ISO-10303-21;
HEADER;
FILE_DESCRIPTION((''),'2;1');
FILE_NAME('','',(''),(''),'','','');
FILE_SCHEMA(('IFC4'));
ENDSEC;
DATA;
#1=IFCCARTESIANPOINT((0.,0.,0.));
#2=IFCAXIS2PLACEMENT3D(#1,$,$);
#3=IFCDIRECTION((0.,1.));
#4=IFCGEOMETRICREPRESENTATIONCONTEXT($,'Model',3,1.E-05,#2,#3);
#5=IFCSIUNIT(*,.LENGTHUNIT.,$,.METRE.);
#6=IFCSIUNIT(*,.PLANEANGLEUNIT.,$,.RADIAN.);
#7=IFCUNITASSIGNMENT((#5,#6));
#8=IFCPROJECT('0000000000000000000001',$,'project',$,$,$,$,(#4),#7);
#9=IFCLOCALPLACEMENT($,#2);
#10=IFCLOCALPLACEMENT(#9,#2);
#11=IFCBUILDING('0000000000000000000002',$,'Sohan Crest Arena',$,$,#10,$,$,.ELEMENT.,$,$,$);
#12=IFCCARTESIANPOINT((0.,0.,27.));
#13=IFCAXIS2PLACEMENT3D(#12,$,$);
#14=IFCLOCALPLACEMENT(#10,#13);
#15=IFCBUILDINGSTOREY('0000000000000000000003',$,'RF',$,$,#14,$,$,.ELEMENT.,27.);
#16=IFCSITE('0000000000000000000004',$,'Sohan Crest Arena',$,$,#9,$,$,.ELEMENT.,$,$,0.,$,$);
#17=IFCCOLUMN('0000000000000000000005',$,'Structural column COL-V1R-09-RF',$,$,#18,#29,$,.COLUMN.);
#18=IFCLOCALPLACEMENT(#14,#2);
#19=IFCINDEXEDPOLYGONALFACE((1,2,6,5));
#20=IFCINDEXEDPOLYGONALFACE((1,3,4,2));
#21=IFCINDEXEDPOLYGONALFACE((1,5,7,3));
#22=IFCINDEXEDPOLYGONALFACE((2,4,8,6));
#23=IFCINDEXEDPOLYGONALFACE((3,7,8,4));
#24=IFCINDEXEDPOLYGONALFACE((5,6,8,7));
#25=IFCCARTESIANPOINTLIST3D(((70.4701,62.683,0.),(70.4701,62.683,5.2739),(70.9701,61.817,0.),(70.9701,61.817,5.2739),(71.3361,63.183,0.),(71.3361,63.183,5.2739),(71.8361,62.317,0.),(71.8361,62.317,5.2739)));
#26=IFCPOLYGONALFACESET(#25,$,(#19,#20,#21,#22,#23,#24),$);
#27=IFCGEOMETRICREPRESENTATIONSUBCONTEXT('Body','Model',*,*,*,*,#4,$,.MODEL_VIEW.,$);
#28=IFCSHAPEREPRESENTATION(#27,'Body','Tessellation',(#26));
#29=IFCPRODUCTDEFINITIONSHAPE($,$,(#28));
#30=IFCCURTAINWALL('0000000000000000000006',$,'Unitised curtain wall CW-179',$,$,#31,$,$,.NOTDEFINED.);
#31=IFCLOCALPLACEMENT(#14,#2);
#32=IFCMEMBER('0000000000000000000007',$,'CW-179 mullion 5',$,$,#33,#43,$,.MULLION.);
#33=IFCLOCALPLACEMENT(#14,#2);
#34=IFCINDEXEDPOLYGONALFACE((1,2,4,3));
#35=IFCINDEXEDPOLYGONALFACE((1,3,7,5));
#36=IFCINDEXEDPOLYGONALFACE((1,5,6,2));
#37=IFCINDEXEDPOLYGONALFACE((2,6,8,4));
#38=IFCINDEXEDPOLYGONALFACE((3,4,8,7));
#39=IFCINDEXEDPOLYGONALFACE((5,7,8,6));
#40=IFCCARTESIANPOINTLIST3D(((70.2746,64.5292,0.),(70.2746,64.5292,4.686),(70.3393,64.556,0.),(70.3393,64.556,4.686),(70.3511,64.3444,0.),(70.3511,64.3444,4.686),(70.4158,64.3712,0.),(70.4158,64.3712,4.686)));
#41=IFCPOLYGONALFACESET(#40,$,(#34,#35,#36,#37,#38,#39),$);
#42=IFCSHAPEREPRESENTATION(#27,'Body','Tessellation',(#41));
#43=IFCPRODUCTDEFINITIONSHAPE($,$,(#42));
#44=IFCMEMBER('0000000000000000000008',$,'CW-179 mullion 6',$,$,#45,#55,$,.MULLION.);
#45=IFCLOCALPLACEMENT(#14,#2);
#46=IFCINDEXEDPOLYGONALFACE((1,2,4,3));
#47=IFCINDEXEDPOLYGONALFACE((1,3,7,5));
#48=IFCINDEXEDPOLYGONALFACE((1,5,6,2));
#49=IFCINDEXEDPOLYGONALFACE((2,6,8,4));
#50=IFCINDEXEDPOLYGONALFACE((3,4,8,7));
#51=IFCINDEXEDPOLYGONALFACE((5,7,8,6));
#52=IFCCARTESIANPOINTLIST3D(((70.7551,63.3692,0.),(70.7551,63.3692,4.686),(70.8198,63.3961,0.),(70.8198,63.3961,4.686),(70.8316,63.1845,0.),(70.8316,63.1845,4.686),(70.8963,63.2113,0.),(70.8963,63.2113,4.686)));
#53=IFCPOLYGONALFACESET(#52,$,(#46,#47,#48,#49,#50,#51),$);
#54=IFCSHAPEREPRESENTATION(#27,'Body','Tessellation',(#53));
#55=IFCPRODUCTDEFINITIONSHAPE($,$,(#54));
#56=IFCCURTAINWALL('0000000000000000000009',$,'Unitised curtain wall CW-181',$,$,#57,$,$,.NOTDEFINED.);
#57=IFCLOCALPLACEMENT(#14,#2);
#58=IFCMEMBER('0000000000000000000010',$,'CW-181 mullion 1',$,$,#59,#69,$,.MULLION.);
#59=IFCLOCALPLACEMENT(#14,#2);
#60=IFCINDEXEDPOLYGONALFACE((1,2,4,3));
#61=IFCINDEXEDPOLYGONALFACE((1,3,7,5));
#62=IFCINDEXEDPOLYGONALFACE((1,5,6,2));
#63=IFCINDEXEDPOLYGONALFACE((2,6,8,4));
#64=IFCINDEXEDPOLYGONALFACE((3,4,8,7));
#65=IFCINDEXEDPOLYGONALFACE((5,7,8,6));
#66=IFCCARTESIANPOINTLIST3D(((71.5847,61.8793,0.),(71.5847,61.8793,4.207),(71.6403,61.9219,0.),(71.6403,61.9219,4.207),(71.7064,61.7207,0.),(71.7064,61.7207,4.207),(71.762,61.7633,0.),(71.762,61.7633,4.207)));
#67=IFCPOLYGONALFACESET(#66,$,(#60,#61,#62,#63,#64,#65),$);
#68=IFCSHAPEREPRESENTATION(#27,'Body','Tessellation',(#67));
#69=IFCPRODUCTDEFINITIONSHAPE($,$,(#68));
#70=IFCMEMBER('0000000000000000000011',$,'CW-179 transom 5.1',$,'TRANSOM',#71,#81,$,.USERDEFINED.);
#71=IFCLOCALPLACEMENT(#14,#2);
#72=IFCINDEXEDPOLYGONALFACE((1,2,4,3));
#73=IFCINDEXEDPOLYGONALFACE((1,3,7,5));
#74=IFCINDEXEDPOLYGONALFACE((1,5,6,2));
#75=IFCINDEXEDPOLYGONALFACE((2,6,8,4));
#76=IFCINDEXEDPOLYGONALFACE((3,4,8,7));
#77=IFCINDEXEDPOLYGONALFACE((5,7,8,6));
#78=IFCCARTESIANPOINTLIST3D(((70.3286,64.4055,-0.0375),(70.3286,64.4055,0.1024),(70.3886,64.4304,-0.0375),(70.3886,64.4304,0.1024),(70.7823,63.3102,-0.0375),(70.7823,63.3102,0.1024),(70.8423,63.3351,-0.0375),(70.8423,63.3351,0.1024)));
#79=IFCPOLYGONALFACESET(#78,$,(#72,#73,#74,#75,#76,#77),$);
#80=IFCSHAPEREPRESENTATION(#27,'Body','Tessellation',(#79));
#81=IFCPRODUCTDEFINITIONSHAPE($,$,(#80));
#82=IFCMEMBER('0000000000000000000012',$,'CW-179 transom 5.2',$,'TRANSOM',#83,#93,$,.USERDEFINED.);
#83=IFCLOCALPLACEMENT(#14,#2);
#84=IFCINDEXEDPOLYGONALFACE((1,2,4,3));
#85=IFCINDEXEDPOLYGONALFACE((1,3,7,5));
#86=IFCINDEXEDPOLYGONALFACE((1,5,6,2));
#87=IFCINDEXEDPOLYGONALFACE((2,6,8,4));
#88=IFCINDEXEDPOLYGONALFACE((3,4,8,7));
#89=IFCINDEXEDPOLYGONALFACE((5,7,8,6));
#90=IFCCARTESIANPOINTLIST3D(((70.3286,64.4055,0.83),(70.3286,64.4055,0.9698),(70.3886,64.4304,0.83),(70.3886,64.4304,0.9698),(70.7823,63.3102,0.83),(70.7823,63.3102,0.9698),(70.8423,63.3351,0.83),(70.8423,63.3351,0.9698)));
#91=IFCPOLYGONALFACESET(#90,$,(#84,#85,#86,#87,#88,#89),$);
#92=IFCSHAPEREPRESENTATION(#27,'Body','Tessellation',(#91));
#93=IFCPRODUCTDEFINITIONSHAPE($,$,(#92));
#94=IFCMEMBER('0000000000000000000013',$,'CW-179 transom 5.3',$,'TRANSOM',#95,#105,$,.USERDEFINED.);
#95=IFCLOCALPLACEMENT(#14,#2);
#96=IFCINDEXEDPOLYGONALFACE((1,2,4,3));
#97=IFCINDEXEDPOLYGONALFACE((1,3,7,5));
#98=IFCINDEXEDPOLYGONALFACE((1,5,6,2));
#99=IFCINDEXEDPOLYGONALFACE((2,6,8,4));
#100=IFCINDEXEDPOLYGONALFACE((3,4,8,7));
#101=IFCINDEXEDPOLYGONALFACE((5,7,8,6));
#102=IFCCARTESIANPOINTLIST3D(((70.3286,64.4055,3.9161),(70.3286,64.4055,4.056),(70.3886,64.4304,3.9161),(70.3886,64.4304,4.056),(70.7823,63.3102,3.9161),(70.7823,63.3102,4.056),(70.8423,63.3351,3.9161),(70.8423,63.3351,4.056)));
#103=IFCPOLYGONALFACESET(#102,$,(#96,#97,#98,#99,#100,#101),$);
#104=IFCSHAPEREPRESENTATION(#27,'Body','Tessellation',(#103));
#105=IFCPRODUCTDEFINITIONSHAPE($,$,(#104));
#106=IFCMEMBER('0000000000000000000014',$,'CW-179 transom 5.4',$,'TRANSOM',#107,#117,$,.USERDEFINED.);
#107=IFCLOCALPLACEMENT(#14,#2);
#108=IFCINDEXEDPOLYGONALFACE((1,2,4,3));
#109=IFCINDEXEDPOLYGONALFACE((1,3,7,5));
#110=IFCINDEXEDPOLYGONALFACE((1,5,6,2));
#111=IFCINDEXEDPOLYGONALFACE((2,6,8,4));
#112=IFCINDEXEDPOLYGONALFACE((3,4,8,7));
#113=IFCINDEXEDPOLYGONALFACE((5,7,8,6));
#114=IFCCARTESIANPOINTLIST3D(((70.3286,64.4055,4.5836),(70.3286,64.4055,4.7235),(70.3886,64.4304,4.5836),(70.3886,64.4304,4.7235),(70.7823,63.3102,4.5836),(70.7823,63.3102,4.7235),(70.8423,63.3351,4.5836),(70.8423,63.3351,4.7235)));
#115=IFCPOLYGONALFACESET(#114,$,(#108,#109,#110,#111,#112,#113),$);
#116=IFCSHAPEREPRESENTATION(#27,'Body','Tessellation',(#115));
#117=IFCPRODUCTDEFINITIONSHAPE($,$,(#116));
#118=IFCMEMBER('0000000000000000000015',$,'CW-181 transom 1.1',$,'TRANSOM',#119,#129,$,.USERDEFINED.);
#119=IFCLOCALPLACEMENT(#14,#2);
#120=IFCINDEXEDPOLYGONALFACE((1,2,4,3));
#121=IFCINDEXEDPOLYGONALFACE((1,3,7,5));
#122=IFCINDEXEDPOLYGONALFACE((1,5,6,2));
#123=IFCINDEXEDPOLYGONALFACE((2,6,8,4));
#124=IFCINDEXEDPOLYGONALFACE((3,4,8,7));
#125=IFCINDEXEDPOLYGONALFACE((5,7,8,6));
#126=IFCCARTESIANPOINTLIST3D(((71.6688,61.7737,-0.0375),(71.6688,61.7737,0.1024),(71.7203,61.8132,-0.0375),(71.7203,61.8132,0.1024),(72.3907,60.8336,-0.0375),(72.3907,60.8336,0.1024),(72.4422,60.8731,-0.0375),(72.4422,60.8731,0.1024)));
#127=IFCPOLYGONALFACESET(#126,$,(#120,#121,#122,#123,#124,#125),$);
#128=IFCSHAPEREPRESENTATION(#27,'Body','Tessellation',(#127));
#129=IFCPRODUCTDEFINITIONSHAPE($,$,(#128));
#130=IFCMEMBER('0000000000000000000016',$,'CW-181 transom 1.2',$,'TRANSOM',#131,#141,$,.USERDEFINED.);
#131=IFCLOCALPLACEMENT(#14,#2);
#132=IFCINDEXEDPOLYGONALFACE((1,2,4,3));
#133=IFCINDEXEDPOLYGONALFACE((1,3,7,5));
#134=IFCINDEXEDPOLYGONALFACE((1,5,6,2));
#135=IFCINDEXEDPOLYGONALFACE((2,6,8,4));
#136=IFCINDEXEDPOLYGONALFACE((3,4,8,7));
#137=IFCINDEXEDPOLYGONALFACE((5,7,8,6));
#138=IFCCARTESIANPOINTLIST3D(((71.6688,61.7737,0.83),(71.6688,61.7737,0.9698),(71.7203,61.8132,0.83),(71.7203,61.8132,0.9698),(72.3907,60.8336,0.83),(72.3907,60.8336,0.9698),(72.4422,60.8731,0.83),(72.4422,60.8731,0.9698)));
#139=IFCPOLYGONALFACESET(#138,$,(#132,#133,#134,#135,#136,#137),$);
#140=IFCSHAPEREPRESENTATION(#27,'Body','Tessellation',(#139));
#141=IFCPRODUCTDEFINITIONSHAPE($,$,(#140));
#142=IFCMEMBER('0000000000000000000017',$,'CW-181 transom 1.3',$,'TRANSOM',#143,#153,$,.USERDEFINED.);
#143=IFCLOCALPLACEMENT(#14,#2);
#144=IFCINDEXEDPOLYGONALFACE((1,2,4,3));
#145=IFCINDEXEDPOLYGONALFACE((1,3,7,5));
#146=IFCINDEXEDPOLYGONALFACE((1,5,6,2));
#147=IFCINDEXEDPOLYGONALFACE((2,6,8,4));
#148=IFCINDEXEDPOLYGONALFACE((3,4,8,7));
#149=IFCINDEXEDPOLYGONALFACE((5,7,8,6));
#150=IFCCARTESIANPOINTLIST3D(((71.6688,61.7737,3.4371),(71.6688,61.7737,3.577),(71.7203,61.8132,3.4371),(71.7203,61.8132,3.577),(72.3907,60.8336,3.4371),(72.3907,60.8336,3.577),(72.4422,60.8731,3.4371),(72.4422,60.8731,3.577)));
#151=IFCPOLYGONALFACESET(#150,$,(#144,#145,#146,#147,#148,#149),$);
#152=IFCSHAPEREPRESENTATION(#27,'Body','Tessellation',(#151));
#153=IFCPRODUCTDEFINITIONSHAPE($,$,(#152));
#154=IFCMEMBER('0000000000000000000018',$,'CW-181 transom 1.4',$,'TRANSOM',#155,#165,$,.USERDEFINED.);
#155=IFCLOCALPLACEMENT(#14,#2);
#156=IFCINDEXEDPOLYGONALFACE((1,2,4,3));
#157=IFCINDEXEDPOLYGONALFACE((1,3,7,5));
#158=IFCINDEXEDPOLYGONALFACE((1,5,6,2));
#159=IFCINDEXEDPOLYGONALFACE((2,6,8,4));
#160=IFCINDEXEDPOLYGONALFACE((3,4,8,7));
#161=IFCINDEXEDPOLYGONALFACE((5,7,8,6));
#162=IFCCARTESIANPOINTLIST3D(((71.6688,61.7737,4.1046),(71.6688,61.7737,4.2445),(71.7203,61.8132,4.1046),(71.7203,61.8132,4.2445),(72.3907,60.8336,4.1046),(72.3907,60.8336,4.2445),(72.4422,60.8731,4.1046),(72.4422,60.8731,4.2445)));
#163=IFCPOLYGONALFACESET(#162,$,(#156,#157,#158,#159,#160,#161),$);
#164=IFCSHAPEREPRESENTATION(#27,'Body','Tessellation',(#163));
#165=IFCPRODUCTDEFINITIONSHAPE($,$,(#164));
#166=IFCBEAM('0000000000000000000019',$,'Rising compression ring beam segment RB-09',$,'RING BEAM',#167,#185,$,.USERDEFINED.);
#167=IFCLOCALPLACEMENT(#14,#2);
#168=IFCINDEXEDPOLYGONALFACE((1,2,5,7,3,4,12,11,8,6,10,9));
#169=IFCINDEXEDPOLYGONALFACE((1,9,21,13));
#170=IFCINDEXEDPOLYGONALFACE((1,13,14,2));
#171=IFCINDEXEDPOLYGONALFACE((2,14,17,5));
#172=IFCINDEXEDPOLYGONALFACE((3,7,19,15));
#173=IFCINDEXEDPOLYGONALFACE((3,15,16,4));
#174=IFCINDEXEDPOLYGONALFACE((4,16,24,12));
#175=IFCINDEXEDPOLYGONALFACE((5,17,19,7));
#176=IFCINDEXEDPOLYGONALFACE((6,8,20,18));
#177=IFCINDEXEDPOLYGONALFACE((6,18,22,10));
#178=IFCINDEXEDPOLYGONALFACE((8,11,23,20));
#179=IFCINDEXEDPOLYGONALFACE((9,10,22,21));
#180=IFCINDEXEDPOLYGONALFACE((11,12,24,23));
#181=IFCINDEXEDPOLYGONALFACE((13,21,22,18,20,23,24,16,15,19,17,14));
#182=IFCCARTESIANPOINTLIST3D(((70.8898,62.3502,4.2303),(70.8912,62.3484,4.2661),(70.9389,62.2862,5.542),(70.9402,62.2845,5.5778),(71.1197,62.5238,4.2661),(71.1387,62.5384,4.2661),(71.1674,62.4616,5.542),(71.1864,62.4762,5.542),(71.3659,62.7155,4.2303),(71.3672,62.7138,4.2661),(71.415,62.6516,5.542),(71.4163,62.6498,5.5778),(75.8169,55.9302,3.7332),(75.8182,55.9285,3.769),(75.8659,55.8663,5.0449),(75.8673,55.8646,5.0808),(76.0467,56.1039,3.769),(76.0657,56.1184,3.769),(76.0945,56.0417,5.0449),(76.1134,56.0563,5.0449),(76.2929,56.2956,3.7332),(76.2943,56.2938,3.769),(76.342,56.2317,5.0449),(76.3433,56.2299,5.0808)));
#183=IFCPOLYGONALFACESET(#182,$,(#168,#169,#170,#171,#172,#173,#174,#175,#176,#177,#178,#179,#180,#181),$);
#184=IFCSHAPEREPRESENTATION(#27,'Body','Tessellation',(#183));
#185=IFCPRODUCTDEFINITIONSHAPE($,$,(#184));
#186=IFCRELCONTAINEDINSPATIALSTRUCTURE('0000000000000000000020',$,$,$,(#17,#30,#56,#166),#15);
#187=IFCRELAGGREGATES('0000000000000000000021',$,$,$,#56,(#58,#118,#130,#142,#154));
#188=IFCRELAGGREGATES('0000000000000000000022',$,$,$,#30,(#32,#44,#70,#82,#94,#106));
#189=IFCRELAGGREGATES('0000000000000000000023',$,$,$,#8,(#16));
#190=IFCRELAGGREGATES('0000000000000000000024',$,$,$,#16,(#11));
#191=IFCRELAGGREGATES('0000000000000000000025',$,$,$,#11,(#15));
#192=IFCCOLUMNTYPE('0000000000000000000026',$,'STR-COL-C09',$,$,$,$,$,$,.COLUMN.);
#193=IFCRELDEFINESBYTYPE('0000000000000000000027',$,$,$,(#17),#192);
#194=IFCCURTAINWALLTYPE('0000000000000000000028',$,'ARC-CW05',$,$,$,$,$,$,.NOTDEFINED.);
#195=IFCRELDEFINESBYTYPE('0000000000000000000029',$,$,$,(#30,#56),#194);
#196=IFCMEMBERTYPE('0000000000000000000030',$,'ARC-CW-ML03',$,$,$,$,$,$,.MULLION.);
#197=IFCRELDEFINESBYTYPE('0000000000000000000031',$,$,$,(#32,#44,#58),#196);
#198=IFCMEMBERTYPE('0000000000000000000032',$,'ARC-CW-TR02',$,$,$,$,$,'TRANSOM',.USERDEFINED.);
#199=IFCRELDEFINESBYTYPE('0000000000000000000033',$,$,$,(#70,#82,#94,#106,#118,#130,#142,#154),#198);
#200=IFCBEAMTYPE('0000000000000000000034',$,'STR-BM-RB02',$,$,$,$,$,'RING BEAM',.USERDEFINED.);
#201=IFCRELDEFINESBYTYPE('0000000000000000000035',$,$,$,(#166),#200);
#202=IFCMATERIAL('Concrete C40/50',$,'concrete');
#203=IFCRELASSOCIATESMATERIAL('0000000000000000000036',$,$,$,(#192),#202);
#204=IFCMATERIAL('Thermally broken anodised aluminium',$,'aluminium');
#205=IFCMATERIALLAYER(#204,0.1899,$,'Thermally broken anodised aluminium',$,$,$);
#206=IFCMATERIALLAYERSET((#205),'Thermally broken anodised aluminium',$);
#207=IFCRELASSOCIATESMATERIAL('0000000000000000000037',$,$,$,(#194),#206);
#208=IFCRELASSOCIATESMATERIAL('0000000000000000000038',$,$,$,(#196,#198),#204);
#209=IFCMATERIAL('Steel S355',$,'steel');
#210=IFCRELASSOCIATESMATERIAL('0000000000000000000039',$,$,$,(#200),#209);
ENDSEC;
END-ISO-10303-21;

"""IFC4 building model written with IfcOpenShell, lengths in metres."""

from ifc_helpers import new_model, si_unit, direction, frame, origin, origin_2d, place, context, subcontext, project, spatial, rectangle, i_section, extrude, material, layer, layer_set, material_profile, profile_set, type_object, element, aggregate, save


model = new_model("IFC4")

# Units and contexts
model_context = context("Model", 3, precision=1e-05, world=origin(), true_north=direction((0.0, 1.0)))
body_context = subcontext(model_context, "Body", "Model", "MODEL_VIEW")
ifc_project = project(units=[si_unit("LENGTHUNIT", "METRE"), si_unit("PLANEANGLEUNIT", "RADIAN")], contexts=[model_context])

# Site, building, storey
site_placement = place(None, origin())
site = spatial("IfcSite", under=ifc_project, at=site_placement, Name="Sohan Crest Arena", CompositionType="ELEMENT", RefElevation=0.0)
building_placement = place(site_placement, origin())
building = spatial("IfcBuilding", under=site, at=building_placement, Name="Sohan Crest Arena", CompositionType="ELEMENT")
storey_placement = place(building_placement, frame((0.0, 0.0, 27.0)))
storey = spatial("IfcBuildingStorey", under=building, at=storey_placement, Name="RF", CompositionType="ELEMENT", Elevation=27.0)

# Column
ifc_material_1 = material(Name="Concrete C40/50", Category="concrete")
ifc_material_profile_1 = material_profile(ifc_material_1, rectangle(XDim=1.0, YDim=1.0, at=origin_2d()), Name="RC 1000x1000")
ifc_profile_set_1 = profile_set([ifc_material_profile_1], Name="Concrete C40/50")
column_type = type_object("IfcColumnType", Name="STR-COL-C09", PredefinedType="COLUMN", material=ifc_profile_set_1)
column_placement = place(storey_placement, frame((71.1531, 62.5, 0.0), z_axis=(0.0, 0.0, 1.0), x_axis=(0.866025, 0.5, 0.0)))
element("IfcColumn", 1, at=column_placement, inside=storey, type_object=column_type, Name="Structural column COL-V1R-09-RF", PredefinedType="COLUMN", context=body_context, shape_type="SweptSolid", body=[
    extrude(rectangle(XDim=1.0, YDim=1.0, at=origin_2d()), origin(), (0.0, 0.0, 1.0), 5.2739),
])

# Curtain wall, members
ifc_material_2 = material(Name="Thermally broken anodised aluminium", Category="aluminium")
ifc_layer_1 = layer(ifc_material_2, 0.1899, Name="Thermally broken anodised aluminium")
ifc_layer_set_1 = layer_set([ifc_layer_1], Name="Thermally broken anodised aluminium")
curtain_wall_type = type_object("IfcCurtainWallType", Name="ARC-CW05", PredefinedType="NOTDEFINED", material=ifc_layer_set_1)
curtain_wall_1_placement = place(storey_placement, origin())
curtain_wall_1 = element("IfcCurtainWall", 2, at=curtain_wall_1_placement, inside=storey, type_object=curtain_wall_type, Name="Unitised curtain wall CW-179", PredefinedType="NOTDEFINED")
ifc_material_profile_2 = material_profile(ifc_material_2, rectangle(XDim=0.0701, YDim=0.2, at=origin_2d()), Name="ALU-MULL 70x200")
ifc_profile_set_2 = profile_set([ifc_material_profile_2], Name="Thermally broken anodised aluminium")
member_type_1 = type_object("IfcMemberType", Name="ARC-CW-ML03", PredefinedType="MULLION", material=ifc_profile_set_2)
member_1_placement = place(storey_placement, frame((70.3452, 64.4502, 0.0), z_axis=(0.0, 0.0, 1.0), x_axis=(0.923886, 0.382667, 0.0)))
member_1 = element("IfcMember", 3, at=member_1_placement, type_object=member_type_1, Name="CW-179 mullion 5", PredefinedType="MULLION", context=body_context, shape_type="SweptSolid", body=[
    extrude(rectangle(XDim=0.0701, YDim=0.2, at=origin_2d()), origin(), (0.0, 0.0, 1.0), 4.686),
])
member_2_placement = place(storey_placement, frame((70.8257, 63.2903, 0.0), z_axis=(0.0, 0.0, 1.0), x_axis=(0.923886, 0.382667, 0.0)))
member_2 = element("IfcMember", 4, at=member_2_placement, type_object=member_type_1, Name="CW-179 mullion 6", PredefinedType="MULLION", context=body_context, shape_type="SweptSolid", body=[
    extrude(rectangle(XDim=0.0701, YDim=0.2, at=origin_2d()), origin(), (0.0, 0.0, 1.0), 4.686),
])

# Curtain wall, member
curtain_wall_2_placement = place(storey_placement, origin())
curtain_wall_2 = element("IfcCurtainWall", 5, at=curtain_wall_2_placement, inside=storey, type_object=curtain_wall_type, Name="Unitised curtain wall CW-181", PredefinedType="NOTDEFINED")
member_3_placement = place(storey_placement, frame((71.6733, 61.8213, 0.0), z_axis=(0.0, 0.0, 1.0), x_axis=(0.793217, 0.608939, 0.0)))
member_3 = element("IfcMember", 6, at=member_3_placement, type_object=member_type_1, Name="CW-181 mullion 1", PredefinedType="MULLION", context=body_context, shape_type="SweptSolid", body=[
    extrude(rectangle(XDim=0.0701, YDim=0.2, at=origin_2d()), origin(), (0.0, 0.0, 1.0), 4.207),
])

# Members
ifc_material_profile_3 = material_profile(ifc_material_2, rectangle(XDim=0.0649, YDim=0.1399, at=origin_2d()), Name="ALU-TRAN 65x140")
ifc_profile_set_3 = profile_set([ifc_material_profile_3], Name="Thermally broken anodised aluminium")
member_type_2 = type_object("IfcMemberType", Name="ARC-CW-TR02", ElementType="TRANSOM", PredefinedType="USERDEFINED", material=ifc_profile_set_3)
member_4_placement = place(storey_placement, frame((70.3586, 64.418, 0.0325), z_axis=(0.382655, -0.923891, 0.0), x_axis=(0.923891, 0.382655, 0.0)))
member_4 = element("IfcMember", 7, at=member_4_placement, type_object=member_type_2, Name="CW-179 transom 5.1", ObjectType="TRANSOM", PredefinedType="USERDEFINED", context=body_context, shape_type="SweptSolid", body=[
    extrude(rectangle(XDim=0.0649, YDim=0.1399, at=origin_2d()), origin(), (0.0, 0.0, 1.0), 1.1855),
])
member_5_placement = place(storey_placement, frame((70.3586, 64.418, 0.8999), z_axis=(0.382655, -0.923891, 0.0), x_axis=(0.923891, 0.382655, 0.0)))
member_5 = element("IfcMember", 8, at=member_5_placement, type_object=member_type_2, Name="CW-179 transom 5.2", ObjectType="TRANSOM", PredefinedType="USERDEFINED", context=body_context, shape_type="SweptSolid", body=[
    extrude(rectangle(XDim=0.0649, YDim=0.1399, at=origin_2d()), origin(), (0.0, 0.0, 1.0), 1.1855),
])
member_6_placement = place(storey_placement, frame((70.3586, 64.418, 3.9861), z_axis=(0.382655, -0.923891, 0.0), x_axis=(0.923891, 0.382655, 0.0)))
member_6 = element("IfcMember", 9, at=member_6_placement, type_object=member_type_2, Name="CW-179 transom 5.3", ObjectType="TRANSOM", PredefinedType="USERDEFINED", context=body_context, shape_type="SweptSolid", body=[
    extrude(rectangle(XDim=0.0649, YDim=0.1399, at=origin_2d()), origin(), (0.0, 0.0, 1.0), 1.1855),
])
member_7_placement = place(storey_placement, frame((70.3586, 64.418, 4.6536), z_axis=(0.382655, -0.923891, 0.0), x_axis=(0.923891, 0.382655, 0.0)))
member_7 = element("IfcMember", 10, at=member_7_placement, type_object=member_type_2, Name="CW-179 transom 5.4", ObjectType="TRANSOM", PredefinedType="USERDEFINED", context=body_context, shape_type="SweptSolid", body=[
    extrude(rectangle(XDim=0.0649, YDim=0.1399, at=origin_2d()), origin(), (0.0, 0.0, 1.0), 1.1855),
])
member_8_placement = place(storey_placement, frame((71.6946, 61.7935, 0.0325), z_axis=(0.609024, -0.793152, 0.0), x_axis=(0.793152, 0.609024, 0.0)))
member_8 = element("IfcMember", 11, at=member_8_placement, type_object=member_type_2, Name="CW-181 transom 1.1", ObjectType="TRANSOM", PredefinedType="USERDEFINED", context=body_context, shape_type="SweptSolid", body=[
    extrude(rectangle(XDim=0.0649, YDim=0.1399, at=origin_2d()), origin(), (0.0, 0.0, 1.0), 1.1853),
])
member_9_placement = place(storey_placement, frame((71.6946, 61.7935, 0.8999), z_axis=(0.609024, -0.793152, 0.0), x_axis=(0.793152, 0.609024, 0.0)))
member_9 = element("IfcMember", 12, at=member_9_placement, type_object=member_type_2, Name="CW-181 transom 1.2", ObjectType="TRANSOM", PredefinedType="USERDEFINED", context=body_context, shape_type="SweptSolid", body=[
    extrude(rectangle(XDim=0.0649, YDim=0.1399, at=origin_2d()), origin(), (0.0, 0.0, 1.0), 1.1853),
])
member_10_placement = place(storey_placement, frame((71.6946, 61.7935, 3.5071), z_axis=(0.609024, -0.793152, 0.0), x_axis=(0.793152, 0.609024, 0.0)))
member_10 = element("IfcMember", 13, at=member_10_placement, type_object=member_type_2, Name="CW-181 transom 1.3", ObjectType="TRANSOM", PredefinedType="USERDEFINED", context=body_context, shape_type="SweptSolid", body=[
    extrude(rectangle(XDim=0.0649, YDim=0.1399, at=origin_2d()), origin(), (0.0, 0.0, 1.0), 1.1853),
])
member_11_placement = place(storey_placement, frame((71.6946, 61.7935, 4.1746), z_axis=(0.609024, -0.793152, 0.0), x_axis=(0.793152, 0.609024, 0.0)))
member_11 = element("IfcMember", 14, at=member_11_placement, type_object=member_type_2, Name="CW-181 transom 1.4", ObjectType="TRANSOM", PredefinedType="USERDEFINED", context=body_context, shape_type="SweptSolid", body=[
    extrude(rectangle(XDim=0.0649, YDim=0.1399, at=origin_2d()), origin(), (0.0, 0.0, 1.0), 1.1853),
])
aggregate(curtain_wall_2, [member_3, member_8, member_9, member_10, member_11])

# Beam
ifc_material_3 = material(Name="Steel S355", Category="steel")
ifc_material_profile_4 = material_profile(ifc_material_3, i_section(OverallWidth=0.6001, OverallDepth=1.3501, WebThickness=0.0239, FlangeThickness=0.0359, at=origin_2d()), Name="PG 1350x600x24x36")
ifc_profile_set_4 = profile_set([ifc_material_profile_4], Name="Steel S355")
beam_type_1 = type_object("IfcBeamType", Name="STR-BM-RB02", ElementType="RING BEAM", PredefinedType="USERDEFINED", material=ifc_profile_set_4)
beam_1_placement = place(storey_placement, frame((71.1531, 62.5, 4.9041), z_axis=(0.60768, -0.791812, -0.061307), x_axis=(0.793304, 0.608825, 0.0)))
element("IfcBeam", 15, at=beam_1_placement, inside=storey, type_object=beam_type_1, Name="Rising compression ring beam segment RB-09", ObjectType="RING BEAM", PredefinedType="USERDEFINED", context=body_context, shape_type="SweptSolid", body=[
    extrude(i_section(OverallWidth=0.6001, OverallDepth=1.3501, WebThickness=0.0239, FlangeThickness=0.0359, at=origin_2d()), origin(), (0.0, 0.0, 1.0), 8.1079),
])

aggregate(curtain_wall_1, [member_1, member_2, member_4, member_5, member_6, member_7])

save(model, "model.ifc")
